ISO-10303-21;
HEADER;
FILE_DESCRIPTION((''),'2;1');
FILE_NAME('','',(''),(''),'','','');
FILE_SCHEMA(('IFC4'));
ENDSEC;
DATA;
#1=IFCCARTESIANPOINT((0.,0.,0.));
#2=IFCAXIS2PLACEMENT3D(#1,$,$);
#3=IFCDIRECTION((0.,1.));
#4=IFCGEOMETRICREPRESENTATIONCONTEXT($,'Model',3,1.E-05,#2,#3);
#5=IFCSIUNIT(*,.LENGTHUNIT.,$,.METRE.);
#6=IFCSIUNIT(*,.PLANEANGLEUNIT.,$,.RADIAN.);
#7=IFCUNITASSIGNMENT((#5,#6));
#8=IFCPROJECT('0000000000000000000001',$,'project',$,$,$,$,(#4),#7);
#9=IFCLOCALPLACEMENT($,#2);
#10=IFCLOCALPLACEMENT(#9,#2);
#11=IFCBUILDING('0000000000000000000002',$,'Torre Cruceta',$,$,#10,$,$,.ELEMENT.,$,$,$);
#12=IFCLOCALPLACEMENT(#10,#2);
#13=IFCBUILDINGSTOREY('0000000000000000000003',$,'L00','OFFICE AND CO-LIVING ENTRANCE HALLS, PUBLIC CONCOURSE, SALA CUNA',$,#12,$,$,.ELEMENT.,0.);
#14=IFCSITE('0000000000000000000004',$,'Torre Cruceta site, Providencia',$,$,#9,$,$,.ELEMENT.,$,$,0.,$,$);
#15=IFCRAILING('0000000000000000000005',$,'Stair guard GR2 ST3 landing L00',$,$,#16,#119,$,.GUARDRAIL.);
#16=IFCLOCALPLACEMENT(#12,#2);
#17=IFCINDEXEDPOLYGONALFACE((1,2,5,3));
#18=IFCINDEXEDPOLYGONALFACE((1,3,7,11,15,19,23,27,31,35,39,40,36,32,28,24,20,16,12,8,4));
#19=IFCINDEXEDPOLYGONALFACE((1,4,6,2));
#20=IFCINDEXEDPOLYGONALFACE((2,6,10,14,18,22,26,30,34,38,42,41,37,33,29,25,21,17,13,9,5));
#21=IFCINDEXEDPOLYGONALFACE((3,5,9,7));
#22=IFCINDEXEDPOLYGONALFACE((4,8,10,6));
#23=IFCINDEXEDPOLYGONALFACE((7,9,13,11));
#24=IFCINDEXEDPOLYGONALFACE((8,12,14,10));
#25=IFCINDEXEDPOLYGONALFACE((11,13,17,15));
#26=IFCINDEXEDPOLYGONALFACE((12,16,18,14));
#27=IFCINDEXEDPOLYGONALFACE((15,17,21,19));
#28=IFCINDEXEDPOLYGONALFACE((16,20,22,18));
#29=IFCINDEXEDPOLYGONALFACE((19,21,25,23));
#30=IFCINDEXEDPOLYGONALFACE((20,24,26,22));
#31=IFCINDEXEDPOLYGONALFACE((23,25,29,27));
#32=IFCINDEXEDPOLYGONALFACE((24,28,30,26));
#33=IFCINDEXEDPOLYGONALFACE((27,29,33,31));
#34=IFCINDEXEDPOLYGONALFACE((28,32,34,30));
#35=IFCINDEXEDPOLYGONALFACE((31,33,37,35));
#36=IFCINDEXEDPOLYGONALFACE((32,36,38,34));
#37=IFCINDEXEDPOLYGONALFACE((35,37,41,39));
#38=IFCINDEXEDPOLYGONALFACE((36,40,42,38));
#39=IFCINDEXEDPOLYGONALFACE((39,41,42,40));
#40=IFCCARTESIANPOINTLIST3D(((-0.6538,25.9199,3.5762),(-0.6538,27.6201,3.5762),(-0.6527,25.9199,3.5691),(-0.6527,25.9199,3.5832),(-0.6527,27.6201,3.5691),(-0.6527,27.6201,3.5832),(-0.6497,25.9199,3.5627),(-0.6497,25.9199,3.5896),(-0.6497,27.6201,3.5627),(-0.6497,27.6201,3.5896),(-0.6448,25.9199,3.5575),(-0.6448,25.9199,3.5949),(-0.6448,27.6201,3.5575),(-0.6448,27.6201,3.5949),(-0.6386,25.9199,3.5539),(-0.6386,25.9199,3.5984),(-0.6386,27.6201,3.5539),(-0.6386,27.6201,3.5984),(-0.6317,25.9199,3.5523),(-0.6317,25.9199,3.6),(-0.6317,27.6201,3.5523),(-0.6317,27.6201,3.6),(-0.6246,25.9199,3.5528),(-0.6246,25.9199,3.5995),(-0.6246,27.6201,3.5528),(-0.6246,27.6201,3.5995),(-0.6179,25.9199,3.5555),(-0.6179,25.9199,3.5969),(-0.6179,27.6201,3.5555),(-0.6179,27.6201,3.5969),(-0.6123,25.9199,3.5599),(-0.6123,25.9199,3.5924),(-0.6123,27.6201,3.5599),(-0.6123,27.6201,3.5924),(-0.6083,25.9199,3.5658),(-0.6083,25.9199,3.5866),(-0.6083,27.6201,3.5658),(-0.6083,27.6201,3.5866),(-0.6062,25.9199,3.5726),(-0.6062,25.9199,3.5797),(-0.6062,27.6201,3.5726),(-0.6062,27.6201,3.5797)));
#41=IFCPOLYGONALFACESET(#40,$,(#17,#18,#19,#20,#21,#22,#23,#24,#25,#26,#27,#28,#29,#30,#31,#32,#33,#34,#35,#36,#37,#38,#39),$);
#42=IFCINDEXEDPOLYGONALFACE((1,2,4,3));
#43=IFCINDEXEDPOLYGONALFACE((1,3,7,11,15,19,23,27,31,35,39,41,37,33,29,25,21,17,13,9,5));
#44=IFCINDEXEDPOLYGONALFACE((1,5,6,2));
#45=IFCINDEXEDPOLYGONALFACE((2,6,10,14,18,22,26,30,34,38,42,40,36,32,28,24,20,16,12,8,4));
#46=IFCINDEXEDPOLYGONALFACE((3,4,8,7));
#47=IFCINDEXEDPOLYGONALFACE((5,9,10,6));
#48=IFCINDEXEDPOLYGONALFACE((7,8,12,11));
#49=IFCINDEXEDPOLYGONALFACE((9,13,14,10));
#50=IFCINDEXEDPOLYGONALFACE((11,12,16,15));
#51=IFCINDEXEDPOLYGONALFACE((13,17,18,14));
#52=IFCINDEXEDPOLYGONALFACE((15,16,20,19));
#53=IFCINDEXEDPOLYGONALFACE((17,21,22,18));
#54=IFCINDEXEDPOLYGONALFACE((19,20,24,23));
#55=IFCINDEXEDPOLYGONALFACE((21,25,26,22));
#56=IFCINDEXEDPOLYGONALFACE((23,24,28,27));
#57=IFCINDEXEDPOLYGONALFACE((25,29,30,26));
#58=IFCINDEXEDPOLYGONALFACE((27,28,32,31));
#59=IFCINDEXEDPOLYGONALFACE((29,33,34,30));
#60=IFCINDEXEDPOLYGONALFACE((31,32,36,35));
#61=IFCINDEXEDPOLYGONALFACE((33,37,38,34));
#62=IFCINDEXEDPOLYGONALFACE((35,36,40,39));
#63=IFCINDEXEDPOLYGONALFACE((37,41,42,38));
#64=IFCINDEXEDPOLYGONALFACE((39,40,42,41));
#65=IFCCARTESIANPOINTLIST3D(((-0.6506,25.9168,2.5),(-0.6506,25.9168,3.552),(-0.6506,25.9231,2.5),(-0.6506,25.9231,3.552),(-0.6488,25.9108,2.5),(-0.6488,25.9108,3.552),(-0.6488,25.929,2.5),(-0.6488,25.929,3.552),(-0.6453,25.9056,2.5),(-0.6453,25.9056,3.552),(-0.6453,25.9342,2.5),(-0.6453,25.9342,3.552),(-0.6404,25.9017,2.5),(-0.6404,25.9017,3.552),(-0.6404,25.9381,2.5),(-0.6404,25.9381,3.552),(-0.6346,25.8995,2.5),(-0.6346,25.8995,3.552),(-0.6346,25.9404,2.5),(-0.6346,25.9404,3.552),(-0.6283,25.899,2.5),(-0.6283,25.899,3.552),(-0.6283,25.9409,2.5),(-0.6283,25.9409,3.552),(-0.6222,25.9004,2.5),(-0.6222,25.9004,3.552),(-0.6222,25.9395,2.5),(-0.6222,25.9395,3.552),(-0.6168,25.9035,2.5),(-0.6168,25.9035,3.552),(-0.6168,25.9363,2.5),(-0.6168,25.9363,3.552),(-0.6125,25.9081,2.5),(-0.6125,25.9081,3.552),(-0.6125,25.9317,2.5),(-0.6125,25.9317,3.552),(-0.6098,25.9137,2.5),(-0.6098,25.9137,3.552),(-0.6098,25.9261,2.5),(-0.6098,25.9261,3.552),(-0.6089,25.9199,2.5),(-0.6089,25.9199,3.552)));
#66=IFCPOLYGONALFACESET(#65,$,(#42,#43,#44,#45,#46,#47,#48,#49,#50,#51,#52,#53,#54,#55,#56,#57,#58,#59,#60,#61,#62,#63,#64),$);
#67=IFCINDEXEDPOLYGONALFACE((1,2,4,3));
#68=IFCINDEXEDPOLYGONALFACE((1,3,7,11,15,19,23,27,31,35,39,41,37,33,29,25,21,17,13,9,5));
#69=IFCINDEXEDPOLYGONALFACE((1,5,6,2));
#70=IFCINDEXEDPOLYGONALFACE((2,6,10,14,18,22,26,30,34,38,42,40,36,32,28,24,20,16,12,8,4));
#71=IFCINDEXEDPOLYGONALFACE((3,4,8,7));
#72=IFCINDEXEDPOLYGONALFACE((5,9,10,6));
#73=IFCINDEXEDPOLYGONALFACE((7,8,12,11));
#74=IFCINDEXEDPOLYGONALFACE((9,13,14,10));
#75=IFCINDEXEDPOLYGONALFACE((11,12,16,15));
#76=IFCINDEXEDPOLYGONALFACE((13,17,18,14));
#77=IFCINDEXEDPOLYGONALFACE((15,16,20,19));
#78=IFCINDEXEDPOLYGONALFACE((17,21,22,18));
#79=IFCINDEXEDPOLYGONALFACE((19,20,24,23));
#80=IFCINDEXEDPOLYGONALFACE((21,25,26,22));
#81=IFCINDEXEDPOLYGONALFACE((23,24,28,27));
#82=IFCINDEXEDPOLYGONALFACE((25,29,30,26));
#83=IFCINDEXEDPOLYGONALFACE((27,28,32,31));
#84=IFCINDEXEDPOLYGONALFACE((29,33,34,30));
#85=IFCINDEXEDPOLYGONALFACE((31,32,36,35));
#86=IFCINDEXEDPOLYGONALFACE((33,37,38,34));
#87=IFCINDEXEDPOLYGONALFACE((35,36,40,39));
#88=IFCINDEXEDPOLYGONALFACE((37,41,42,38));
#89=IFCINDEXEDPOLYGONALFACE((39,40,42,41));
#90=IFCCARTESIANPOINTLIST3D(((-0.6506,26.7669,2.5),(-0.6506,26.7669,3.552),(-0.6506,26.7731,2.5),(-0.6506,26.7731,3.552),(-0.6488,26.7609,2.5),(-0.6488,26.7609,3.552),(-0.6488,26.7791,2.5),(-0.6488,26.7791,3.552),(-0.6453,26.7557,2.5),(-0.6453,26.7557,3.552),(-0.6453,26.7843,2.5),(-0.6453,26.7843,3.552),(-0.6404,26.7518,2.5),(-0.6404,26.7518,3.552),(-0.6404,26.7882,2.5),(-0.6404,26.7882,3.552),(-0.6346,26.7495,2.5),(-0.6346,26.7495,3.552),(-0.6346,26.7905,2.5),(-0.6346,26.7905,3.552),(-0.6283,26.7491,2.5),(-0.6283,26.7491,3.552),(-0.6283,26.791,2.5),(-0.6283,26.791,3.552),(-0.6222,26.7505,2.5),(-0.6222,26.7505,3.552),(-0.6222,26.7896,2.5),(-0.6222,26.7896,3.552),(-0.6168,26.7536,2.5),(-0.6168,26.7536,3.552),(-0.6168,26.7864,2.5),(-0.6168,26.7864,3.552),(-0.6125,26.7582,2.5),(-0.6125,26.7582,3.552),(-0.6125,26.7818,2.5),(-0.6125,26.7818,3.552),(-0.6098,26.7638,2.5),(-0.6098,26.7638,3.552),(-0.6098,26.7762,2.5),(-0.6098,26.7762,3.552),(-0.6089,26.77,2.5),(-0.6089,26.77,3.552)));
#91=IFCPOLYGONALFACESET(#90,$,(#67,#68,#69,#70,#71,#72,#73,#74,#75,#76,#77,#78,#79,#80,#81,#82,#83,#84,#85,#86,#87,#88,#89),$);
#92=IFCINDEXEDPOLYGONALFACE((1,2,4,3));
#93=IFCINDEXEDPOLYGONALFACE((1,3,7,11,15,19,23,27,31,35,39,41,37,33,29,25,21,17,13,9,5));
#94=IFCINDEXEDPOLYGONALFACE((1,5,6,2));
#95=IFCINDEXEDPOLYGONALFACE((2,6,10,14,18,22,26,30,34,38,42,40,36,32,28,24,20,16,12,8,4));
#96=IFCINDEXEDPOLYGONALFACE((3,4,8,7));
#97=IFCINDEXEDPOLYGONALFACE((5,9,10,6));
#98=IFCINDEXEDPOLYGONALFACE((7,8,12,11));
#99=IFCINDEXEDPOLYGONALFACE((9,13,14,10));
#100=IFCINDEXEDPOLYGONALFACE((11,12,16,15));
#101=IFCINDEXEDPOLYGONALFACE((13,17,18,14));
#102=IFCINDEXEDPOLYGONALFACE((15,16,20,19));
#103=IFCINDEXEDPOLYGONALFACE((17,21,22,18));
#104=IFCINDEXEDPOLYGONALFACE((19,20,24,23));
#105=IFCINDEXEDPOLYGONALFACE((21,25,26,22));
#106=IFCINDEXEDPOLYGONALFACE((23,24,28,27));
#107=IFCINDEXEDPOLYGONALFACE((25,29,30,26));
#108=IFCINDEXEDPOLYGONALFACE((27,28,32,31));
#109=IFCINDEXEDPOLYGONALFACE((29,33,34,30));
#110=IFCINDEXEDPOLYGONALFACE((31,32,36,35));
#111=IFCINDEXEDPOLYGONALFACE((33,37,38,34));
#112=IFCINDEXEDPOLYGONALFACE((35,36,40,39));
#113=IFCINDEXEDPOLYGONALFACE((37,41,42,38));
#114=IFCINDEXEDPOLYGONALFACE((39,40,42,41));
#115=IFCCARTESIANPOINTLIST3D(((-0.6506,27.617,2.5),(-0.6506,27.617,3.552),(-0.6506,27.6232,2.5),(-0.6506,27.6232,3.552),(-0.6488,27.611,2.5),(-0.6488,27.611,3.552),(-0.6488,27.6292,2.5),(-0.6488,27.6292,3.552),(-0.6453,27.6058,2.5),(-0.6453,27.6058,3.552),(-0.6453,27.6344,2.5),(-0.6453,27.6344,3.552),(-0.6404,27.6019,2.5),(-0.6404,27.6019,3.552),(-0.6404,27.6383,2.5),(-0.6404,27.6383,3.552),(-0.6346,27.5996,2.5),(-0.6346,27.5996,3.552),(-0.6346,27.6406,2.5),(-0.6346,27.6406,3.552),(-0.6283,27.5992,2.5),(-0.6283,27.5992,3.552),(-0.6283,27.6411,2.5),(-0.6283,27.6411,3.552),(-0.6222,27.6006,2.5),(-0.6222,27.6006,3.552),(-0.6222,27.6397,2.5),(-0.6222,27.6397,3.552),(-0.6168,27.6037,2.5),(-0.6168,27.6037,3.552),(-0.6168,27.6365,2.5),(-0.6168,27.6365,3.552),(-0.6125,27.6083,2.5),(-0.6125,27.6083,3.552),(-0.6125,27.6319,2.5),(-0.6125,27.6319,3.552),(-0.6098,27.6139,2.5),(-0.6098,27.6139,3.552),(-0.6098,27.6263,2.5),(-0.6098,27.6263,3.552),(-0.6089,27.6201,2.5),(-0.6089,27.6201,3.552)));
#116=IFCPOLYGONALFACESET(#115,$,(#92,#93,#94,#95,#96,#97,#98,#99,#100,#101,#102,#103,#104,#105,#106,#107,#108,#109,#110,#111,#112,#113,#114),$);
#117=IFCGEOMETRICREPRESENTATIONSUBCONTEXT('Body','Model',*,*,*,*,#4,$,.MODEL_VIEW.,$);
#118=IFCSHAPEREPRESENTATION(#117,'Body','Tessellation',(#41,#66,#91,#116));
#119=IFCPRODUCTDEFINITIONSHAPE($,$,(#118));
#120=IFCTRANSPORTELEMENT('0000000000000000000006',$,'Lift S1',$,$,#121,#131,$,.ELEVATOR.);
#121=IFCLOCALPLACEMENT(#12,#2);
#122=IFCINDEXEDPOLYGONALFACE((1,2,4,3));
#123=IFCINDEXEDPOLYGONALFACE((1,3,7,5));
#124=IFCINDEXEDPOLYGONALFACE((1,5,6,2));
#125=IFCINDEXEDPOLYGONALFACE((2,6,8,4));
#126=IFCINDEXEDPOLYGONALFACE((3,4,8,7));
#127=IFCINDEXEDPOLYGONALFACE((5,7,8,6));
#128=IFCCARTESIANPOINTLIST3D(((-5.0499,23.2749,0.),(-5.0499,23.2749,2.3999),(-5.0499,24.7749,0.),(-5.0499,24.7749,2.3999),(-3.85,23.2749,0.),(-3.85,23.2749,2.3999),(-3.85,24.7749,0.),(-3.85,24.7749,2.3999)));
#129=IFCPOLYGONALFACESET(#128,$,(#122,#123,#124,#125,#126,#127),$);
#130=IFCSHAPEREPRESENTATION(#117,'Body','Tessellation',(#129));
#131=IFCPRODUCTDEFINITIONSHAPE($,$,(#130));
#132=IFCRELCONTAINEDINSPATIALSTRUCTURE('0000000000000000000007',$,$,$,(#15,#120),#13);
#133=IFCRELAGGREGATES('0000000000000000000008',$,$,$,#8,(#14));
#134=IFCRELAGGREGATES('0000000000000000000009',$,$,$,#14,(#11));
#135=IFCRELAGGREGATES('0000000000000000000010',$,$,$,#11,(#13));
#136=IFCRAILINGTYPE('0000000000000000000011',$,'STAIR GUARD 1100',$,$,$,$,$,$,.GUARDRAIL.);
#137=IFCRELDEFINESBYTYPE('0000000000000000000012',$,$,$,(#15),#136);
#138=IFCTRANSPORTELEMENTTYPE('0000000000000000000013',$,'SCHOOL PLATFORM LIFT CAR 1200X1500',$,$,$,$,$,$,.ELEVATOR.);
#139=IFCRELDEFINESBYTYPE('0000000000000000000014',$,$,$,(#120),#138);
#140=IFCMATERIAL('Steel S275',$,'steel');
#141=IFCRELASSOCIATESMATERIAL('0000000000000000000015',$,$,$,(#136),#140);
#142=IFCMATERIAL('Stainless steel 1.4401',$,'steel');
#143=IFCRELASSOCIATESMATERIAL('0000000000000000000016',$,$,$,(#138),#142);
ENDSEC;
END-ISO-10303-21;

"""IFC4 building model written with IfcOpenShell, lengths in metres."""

from ifc_helpers import new_model, si_unit, direction, frame, origin, origin_2d, place, context, subcontext, project, spatial, rectangle, circle, extrude, material, type_object, element, save


model = new_model("IFC4")

# Units and contexts
model_context = context("Model", 3, precision=1e-05, world=origin(), true_north=direction((0.0, 1.0)))
body_context = subcontext(model_context, "Body", "Model", "MODEL_VIEW")
ifc_project = project(units=[si_unit("LENGTHUNIT", "METRE"), si_unit("PLANEANGLEUNIT", "RADIAN")], contexts=[model_context])

# Site, building, storey
site_placement = place(None, origin())
site = spatial("IfcSite", under=ifc_project, at=site_placement, Name="Torre Cruceta site, Providencia", CompositionType="ELEMENT", RefElevation=0.0)
building_placement = place(site_placement, origin())
building = spatial("IfcBuilding", under=site, at=building_placement, Name="Torre Cruceta", CompositionType="ELEMENT")
storey_placement = place(building_placement, origin())
storey = spatial("IfcBuildingStorey", under=building, at=storey_placement, Name="L00", Description="OFFICE AND CO-LIVING ENTRANCE HALLS, PUBLIC CONCOURSE, SALA CUNA", CompositionType="ELEMENT", Elevation=0.0)

# Railing
ifc_material_1 = material(Name="Steel S275", Category="steel")
railing_type_1 = type_object("IfcRailingType", Name="STAIR GUARD 1100", PredefinedType="GUARDRAIL", material=ifc_material_1)
railing_1_placement = place(storey_placement, frame((-0.6299, 25.9199, 2.5)))
element("IfcRailing", 1, at=railing_1_placement, inside=storey, type_object=railing_type_1, Name="Stair guard GR2 ST3 landing L00", PredefinedType="GUARDRAIL", context=body_context, shape_type="SweptSolid", body=[
    extrude(circle(Radius=0.0239, at=origin_2d()), frame((0.0, 0.0, 1.0762), z_axis=(0.0, 1.0, 0.0), x_axis=(-1.0, 0.0, 0.0)), (0.0, 0.0, 1.0), 1.7002),
    extrude(circle(Radius=0.021, at=origin_2d()), origin(), (0.0, 0.0, 1.0), 1.052),
    extrude(circle(Radius=0.021, at=origin_2d()), frame((0.0, 0.8501, 0.0)), (0.0, 0.0, 1.0), 1.052),
    extrude(circle(Radius=0.021, at=origin_2d()), frame((0.0, 1.7002, 0.0)), (0.0, 0.0, 1.0), 1.052),
])

# Transport element
ifc_material_2 = material(Name="Stainless steel 1.4401", Category="steel")
transport_element_type = type_object("IfcTransportElementType", Name="SCHOOL PLATFORM LIFT CAR 1200X1500", PredefinedType="ELEVATOR", material=ifc_material_2)
transport_element_placement = place(storey_placement, frame((-4.45, 24.0249, 0.0), z_axis=(0.0, 0.0, 1.0), x_axis=(1.0, 0.0, 0.0)))
element("IfcTransportElement", 2, at=transport_element_placement, inside=storey, type_object=transport_element_type, Name="Lift S1", PredefinedType="ELEVATOR", context=body_context, shape_type="SweptSolid", body=[
    extrude(rectangle(XDim=1.2, YDim=1.5, at=origin_2d()), origin(), (0.0, 0.0, 1.0), 2.3999),
])

save(model, "model.ifc")
